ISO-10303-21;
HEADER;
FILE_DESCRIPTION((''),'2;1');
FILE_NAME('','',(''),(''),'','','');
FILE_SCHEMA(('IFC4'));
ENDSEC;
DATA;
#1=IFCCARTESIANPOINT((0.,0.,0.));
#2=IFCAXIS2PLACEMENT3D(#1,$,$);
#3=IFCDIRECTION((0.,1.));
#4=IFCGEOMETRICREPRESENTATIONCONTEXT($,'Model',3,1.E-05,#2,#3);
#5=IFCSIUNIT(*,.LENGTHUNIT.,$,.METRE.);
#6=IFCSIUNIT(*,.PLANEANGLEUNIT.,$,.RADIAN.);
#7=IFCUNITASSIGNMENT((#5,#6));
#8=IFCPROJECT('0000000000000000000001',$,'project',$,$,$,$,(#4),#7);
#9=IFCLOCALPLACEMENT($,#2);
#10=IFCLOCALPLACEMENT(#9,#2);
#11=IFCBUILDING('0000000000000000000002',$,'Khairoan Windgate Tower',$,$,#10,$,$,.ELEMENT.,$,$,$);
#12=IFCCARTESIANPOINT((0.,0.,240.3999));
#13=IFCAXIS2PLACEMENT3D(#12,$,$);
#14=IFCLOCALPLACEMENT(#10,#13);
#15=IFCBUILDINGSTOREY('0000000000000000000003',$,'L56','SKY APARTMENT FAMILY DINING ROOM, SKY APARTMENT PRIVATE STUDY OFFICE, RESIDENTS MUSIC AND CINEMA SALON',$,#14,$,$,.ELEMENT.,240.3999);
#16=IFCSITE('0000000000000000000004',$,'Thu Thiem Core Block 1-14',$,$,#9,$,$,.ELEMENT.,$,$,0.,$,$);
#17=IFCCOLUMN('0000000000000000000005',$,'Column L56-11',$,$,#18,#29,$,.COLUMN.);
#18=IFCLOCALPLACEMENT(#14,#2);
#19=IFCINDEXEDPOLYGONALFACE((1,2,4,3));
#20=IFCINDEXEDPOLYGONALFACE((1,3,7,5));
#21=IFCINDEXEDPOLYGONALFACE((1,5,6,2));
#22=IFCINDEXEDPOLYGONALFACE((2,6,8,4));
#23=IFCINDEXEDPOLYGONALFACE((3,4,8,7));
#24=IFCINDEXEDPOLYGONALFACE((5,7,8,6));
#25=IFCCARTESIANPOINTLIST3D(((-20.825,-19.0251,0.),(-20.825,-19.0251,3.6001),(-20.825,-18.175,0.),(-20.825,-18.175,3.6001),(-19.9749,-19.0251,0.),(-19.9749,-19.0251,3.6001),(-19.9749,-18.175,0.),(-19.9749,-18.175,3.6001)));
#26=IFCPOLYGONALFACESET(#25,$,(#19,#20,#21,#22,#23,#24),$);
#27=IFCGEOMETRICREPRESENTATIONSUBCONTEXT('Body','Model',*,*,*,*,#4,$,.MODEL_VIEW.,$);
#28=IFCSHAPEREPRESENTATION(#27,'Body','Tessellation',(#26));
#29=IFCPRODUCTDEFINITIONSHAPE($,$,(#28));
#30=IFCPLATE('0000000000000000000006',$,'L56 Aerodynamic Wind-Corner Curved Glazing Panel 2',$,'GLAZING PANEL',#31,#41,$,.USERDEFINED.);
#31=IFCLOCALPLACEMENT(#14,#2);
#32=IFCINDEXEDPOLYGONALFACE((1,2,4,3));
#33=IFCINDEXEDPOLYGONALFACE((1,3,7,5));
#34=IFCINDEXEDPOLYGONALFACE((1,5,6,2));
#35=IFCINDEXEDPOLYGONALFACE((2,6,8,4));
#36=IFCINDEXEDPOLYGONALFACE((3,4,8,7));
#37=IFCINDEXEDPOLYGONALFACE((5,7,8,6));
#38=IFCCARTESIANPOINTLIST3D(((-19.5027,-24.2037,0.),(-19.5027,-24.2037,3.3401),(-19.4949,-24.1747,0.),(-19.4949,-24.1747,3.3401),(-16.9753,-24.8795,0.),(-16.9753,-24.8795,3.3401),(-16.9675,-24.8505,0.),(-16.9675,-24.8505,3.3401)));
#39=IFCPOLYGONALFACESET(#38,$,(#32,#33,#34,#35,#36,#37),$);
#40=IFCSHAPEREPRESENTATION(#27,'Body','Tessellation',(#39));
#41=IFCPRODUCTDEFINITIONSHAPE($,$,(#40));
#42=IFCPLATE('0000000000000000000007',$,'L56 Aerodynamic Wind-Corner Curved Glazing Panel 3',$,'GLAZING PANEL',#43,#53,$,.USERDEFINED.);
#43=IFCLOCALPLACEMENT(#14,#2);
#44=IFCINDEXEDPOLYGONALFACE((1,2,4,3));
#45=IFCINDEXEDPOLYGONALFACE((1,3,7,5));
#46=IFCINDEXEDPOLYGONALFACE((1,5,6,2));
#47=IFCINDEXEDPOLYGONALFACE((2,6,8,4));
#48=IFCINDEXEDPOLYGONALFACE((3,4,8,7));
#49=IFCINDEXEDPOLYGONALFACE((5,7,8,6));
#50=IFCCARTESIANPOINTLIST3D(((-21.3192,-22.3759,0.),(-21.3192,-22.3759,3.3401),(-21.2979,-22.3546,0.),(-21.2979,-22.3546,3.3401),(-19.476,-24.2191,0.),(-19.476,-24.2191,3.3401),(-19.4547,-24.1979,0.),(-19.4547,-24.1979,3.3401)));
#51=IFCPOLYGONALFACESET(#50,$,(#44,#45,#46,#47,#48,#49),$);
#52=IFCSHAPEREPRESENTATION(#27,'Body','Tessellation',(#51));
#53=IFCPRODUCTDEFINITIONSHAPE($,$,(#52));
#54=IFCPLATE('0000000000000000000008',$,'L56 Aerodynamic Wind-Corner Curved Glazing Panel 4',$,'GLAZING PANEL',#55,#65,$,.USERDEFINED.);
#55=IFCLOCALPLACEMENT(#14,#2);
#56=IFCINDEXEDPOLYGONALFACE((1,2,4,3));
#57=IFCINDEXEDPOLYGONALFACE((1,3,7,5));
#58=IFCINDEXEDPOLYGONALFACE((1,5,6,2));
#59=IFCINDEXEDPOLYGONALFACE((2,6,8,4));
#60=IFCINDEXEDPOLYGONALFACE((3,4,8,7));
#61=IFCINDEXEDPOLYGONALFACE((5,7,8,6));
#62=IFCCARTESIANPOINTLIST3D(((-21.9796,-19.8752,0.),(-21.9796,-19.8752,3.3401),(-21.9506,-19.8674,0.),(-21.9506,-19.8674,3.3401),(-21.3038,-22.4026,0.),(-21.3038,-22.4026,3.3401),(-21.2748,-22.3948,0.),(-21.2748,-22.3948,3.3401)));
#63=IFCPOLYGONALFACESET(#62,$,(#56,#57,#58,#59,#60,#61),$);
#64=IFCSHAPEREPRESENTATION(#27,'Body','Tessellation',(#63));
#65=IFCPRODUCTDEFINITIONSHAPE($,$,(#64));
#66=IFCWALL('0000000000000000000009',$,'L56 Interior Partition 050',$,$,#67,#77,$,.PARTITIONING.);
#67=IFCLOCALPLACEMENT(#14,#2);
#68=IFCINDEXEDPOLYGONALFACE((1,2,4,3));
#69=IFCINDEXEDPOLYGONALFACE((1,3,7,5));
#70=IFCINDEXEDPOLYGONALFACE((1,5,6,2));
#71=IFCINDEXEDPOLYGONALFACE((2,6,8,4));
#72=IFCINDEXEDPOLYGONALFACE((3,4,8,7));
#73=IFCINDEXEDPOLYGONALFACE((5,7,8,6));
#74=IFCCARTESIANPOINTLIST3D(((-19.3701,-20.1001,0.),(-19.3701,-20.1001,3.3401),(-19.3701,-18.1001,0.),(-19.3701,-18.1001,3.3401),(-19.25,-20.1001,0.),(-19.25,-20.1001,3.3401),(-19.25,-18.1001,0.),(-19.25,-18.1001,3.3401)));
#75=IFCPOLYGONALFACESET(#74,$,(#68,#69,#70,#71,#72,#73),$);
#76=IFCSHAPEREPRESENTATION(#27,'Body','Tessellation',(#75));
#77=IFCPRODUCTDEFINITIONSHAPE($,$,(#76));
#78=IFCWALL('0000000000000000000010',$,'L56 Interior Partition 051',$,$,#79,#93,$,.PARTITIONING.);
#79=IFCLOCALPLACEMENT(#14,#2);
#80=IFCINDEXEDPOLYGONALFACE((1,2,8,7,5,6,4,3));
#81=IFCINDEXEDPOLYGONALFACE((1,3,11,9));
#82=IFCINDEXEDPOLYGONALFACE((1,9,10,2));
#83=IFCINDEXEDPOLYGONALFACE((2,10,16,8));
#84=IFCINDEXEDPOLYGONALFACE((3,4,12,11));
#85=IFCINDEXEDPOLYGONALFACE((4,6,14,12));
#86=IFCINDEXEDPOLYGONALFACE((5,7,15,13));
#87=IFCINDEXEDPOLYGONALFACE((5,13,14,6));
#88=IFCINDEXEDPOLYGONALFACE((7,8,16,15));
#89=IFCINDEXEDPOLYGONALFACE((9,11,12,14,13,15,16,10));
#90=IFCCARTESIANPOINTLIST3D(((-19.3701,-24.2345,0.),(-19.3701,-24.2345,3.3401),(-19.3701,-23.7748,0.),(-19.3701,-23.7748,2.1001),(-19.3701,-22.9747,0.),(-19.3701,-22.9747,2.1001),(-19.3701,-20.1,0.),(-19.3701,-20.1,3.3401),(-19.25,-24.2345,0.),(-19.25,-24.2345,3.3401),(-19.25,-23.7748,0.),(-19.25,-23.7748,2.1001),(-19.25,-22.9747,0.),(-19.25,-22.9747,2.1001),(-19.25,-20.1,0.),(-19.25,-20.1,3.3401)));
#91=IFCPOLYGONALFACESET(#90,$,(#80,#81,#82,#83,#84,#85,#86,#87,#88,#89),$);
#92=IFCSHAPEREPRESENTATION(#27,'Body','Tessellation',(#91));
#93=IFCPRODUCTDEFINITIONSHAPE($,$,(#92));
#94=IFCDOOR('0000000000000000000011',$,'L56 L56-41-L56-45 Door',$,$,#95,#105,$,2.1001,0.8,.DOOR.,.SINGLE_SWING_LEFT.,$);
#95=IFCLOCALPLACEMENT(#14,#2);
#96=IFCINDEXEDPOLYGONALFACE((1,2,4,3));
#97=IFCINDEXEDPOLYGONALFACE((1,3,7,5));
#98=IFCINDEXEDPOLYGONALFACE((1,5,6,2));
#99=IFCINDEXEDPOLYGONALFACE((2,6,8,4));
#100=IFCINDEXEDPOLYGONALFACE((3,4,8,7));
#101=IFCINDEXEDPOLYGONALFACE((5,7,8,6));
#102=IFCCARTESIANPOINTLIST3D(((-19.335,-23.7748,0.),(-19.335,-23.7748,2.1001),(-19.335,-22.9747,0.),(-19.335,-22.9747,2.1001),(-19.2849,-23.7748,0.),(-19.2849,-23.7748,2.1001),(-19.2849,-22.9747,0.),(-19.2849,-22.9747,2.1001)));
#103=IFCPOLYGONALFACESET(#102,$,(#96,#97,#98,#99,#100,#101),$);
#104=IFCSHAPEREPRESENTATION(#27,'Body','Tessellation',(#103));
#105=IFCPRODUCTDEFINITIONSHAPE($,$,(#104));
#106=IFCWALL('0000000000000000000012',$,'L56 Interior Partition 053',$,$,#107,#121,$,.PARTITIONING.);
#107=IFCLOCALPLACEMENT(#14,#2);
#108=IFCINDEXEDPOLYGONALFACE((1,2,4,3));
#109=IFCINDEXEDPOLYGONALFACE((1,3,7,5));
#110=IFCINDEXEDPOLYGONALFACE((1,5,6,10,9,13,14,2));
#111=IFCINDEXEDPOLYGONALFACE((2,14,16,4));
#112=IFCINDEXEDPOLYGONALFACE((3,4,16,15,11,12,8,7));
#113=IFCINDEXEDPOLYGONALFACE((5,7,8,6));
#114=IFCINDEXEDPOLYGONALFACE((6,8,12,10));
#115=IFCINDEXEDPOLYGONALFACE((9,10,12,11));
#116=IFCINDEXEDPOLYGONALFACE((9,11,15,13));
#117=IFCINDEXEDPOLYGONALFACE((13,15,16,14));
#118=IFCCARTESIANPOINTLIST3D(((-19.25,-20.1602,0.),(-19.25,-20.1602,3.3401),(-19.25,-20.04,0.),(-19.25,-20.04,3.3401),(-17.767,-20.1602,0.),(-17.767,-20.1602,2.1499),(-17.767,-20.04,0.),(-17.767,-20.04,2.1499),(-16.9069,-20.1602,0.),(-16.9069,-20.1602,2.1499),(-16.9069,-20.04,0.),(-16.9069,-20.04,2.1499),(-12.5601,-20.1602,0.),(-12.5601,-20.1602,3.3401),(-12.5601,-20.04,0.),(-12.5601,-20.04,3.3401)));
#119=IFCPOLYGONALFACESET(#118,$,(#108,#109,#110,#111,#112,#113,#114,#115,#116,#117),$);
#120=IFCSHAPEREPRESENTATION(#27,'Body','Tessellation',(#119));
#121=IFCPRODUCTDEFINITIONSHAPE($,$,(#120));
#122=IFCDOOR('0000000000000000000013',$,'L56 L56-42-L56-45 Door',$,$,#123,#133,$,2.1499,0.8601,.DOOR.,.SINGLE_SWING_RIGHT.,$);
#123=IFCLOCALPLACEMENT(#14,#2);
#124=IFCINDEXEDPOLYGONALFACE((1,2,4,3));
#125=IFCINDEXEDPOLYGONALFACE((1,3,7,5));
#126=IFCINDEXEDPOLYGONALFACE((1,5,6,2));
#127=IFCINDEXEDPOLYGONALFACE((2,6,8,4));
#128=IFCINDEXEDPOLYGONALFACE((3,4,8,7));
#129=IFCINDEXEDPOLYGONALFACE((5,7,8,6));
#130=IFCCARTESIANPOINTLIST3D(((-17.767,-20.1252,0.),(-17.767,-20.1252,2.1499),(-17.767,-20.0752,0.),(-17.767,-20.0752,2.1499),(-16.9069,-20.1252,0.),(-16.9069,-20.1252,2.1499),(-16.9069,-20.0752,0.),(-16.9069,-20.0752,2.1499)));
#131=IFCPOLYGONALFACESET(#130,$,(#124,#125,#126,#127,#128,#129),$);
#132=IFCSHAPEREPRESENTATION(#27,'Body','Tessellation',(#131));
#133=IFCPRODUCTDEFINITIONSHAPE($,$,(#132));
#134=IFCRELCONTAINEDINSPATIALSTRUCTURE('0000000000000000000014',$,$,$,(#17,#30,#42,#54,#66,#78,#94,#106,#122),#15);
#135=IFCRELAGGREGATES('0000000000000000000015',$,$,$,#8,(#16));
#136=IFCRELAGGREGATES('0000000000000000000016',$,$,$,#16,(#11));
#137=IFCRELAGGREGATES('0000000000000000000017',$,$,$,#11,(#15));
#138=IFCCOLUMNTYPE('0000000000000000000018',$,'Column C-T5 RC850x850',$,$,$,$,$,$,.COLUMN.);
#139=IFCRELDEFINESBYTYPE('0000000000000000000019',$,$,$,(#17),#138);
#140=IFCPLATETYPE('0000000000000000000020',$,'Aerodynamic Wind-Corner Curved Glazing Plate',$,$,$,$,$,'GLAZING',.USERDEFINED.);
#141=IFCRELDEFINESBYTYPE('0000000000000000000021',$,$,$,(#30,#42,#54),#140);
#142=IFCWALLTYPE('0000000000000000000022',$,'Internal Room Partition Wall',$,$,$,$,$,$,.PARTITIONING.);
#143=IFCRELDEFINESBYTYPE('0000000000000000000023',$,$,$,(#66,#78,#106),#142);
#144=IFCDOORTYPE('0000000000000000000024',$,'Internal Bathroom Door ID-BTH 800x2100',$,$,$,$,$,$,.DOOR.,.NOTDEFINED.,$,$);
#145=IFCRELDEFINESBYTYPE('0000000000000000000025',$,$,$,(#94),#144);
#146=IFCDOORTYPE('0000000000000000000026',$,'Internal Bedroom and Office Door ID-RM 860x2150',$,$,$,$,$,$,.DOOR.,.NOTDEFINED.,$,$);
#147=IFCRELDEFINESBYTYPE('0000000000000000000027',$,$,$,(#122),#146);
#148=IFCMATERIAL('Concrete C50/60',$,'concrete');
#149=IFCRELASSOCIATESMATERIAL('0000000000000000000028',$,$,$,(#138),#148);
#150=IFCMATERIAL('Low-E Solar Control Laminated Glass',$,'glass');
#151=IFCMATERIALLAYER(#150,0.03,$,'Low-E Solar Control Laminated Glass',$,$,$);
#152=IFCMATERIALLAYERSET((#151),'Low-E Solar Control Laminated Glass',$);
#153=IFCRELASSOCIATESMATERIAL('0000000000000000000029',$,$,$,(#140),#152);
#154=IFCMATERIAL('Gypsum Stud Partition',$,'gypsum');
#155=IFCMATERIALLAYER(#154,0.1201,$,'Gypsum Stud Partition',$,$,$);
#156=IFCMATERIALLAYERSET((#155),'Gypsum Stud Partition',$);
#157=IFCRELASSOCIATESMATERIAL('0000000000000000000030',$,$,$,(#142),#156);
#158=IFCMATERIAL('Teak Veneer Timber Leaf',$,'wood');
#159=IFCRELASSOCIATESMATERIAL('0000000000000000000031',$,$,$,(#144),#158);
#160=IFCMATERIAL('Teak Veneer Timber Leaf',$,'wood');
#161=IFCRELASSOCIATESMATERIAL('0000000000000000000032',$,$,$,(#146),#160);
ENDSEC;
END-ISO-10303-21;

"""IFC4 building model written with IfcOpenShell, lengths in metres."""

from ifc_helpers import new_model, si_unit, direction, frame, frame_2d, origin, origin_2d, place, context, subcontext, project, spatial, rectangle, extrude, material, layer, layer_set, material_profile, profile_set, type_object, element, fill, save


model = new_model("IFC4")

# Units and contexts
model_context = context("Model", 3, precision=1e-05, world=origin(), true_north=direction((0.0, 1.0)))
body_context = subcontext(model_context, "Body", "Model", "MODEL_VIEW")
ifc_project = project(units=[si_unit("LENGTHUNIT", "METRE"), si_unit("PLANEANGLEUNIT", "RADIAN")], contexts=[model_context])

# Site, building, storey
site_placement = place(None, origin())
site = spatial("IfcSite", under=ifc_project, at=site_placement, Name="Thu Thiem Core Block 1-14", CompositionType="ELEMENT", RefElevation=0.0)
building_placement = place(site_placement, origin())
building = spatial("IfcBuilding", under=site, at=building_placement, Name="Khairoan Windgate Tower", CompositionType="ELEMENT")
storey_placement = place(building_placement, frame((0.0, 0.0, 240.3999)))
storey = spatial("IfcBuildingStorey", under=building, at=storey_placement, Name="L56", Description="SKY APARTMENT FAMILY DINING ROOM, SKY APARTMENT PRIVATE STUDY OFFICE, RESIDENTS MUSIC AND CINEMA SALON", CompositionType="ELEMENT", Elevation=240.3999)

# Column
ifc_material_1 = material(Name="Concrete C50/60", Category="concrete")
ifc_material_profile_1 = material_profile(ifc_material_1, rectangle(XDim=0.8501, YDim=0.8501, at=origin_2d()))
ifc_profile_set_1 = profile_set([ifc_material_profile_1], Name="Concrete C50/60")
column_type = type_object("IfcColumnType", Name="Column C-T5 RC850x850", PredefinedType="COLUMN", material=ifc_profile_set_1)
column_placement = place(storey_placement, frame((-20.3999, -18.6001, 0.0), z_axis=(0.0, 0.0, 1.0), x_axis=(1.0, 0.0, 0.0)))
element("IfcColumn", 1, at=column_placement, inside=storey, type_object=column_type, Name="Column L56-11", PredefinedType="COLUMN", context=body_context, shape_type="SweptSolid", body=[
    extrude(rectangle(XDim=0.8501, YDim=0.8501, at=origin_2d()), origin(), (0.0, 0.0, 1.0), 3.6001),
])

# Plates
ifc_material_2 = material(Name="Low-E Solar Control Laminated Glass", Category="glass")
ifc_layer_1 = layer(ifc_material_2, 0.03, Name="Low-E Solar Control Laminated Glass")
ifc_layer_set_1 = layer_set([ifc_layer_1], Name="Low-E Solar Control Laminated Glass")
plate_type_1 = type_object("IfcPlateType", Name="Aerodynamic Wind-Corner Curved Glazing Plate", ElementType="GLAZING", PredefinedType="USERDEFINED", material=ifc_layer_set_1)
plate_1_placement = place(storey_placement, frame((-18.2351, -24.5271, 0.0), z_axis=(0.0, 0.0, 1.0), x_axis=(-0.966061, 0.258313, 0.0)))
element("IfcPlate", 2, at=plate_1_placement, inside=storey, type_object=plate_type_1, Name="L56 Aerodynamic Wind-Corner Curved Glazing Panel 2", ObjectType="GLAZING PANEL", PredefinedType="USERDEFINED", context=body_context, shape_type="SweptSolid", body=[
    extrude(rectangle(XDim=2.6162, YDim=0.03, at=origin_2d()), origin(), (0.0, 0.0, 1.0), 3.3401),
])
plate_2_placement = place(storey_placement, frame((-20.387, -23.2869, 0.0), z_axis=(0.0, 0.0, 1.0), x_axis=(-0.707107, 0.707107, 0.0)))
element("IfcPlate", 3, at=plate_2_placement, inside=storey, type_object=plate_type_1, Name="L56 Aerodynamic Wind-Corner Curved Glazing Panel 3", ObjectType="GLAZING PANEL", PredefinedType="USERDEFINED", context=body_context, shape_type="SweptSolid", body=[
    extrude(rectangle(XDim=2.6067, YDim=0.03, at=origin_2d()), origin(), (0.0, 0.0, 1.0), 3.3401),
])
plate_3_placement = place(storey_placement, frame((-21.6272, -21.135, 0.0), z_axis=(0.0, 0.0, 1.0), x_axis=(-0.258313, 0.966061, 0.0)))
element("IfcPlate", 4, at=plate_3_placement, inside=storey, type_object=plate_type_1, Name="L56 Aerodynamic Wind-Corner Curved Glazing Panel 4", ObjectType="GLAZING PANEL", PredefinedType="USERDEFINED", context=body_context, shape_type="SweptSolid", body=[
    extrude(rectangle(XDim=2.6162, YDim=0.03, at=origin_2d()), origin(), (0.0, 0.0, 1.0), 3.3401),
])

# Wall
ifc_material_3 = material(Name="Gypsum Stud Partition", Category="gypsum")
ifc_layer_2 = layer(ifc_material_3, 0.1201, Name="Gypsum Stud Partition")
ifc_layer_set_2 = layer_set([ifc_layer_2], Name="Gypsum Stud Partition")
wall_type = type_object("IfcWallType", Name="Internal Room Partition Wall", PredefinedType="PARTITIONING", material=ifc_layer_set_2)
wall_1_placement = place(storey_placement, frame((-19.3101, -20.1001, 0.0), z_axis=(0.0, 0.0, 1.0), x_axis=(0.0, 1.0, 0.0)))
element("IfcWall", 5, at=wall_1_placement, inside=storey, type_object=wall_type, Name="L56 Interior Partition 050", PredefinedType="PARTITIONING", context=body_context, shape_type="SweptSolid", body=[
    extrude(rectangle(XDim=2.0, YDim=0.1201, at=frame_2d((1.0, 0.0))), origin(), (0.0, 0.0, 1.0), 3.3401),
])

# Walls, openings, doors
wall_2_placement = place(storey_placement, frame((-19.3101, -24.2346, 0.0), z_axis=(0.0, 0.0, 1.0), x_axis=(0.0, 1.0, 0.0)))
wall_2 = element("IfcWall", 6, at=wall_2_placement, inside=storey, type_object=wall_type, Name="L56 Interior Partition 051", PredefinedType="PARTITIONING", context=body_context, shape_type="SweptSolid", body=[
    extrude(rectangle(XDim=4.1345, YDim=0.1201, at=frame_2d((2.0674, 0.0))), origin(), (0.0, 0.0, 1.0), 3.3401),
])
opening_1_placement = place(wall_2_placement, frame((0.46, 0.0, 0.0)))
opening_1 = element("IfcOpeningElement", 7, at=opening_1_placement, cuts=wall_2, PredefinedType="OPENING", context=body_context, shape_type="SweptSolid", body=[
    extrude(rectangle(XDim=0.8, YDim=2.1001, at=frame_2d((0.3999, 1.05))), frame((0.0, 0.0701, 0.0), z_axis=(0.0, -1.0, 0.0), x_axis=(1.0, 0.0, 0.0)), (0.0, 0.0, 1.0), 0.1401),
])
ifc_material_4 = material(Name="Teak Veneer Timber Leaf", Category="wood")
door_type_1 = type_object("IfcDoorType", Name="Internal Bathroom Door ID-BTH 800x2100", OperationType="NOTDEFINED", PredefinedType="DOOR", material=ifc_material_4)
door_1_placement = place(opening_1_placement, origin())
door_1 = element("IfcDoor", 8, at=door_1_placement, inside=storey, type_object=door_type_1, Name="L56 L56-41-L56-45 Door", OperationType="SINGLE_SWING_LEFT", OverallHeight=2.1001, OverallWidth=0.8, PredefinedType="DOOR", context=body_context, shape_type="SweptSolid", body=[
    extrude(rectangle(XDim=0.8, YDim=2.1001, at=frame_2d((0.3999, 1.05))), frame((0.0, 0.0249, 0.0), z_axis=(0.0, -1.0, 0.0), x_axis=(1.0, 0.0, 0.0)), (0.0, 0.0, 1.0), 0.05),
])
fill(opening_1, door_1)
wall_3_placement = place(storey_placement, frame((-19.25, -20.1001, 0.0), z_axis=(0.0, 0.0, 1.0), x_axis=(1.0, 0.0, 0.0)))
wall_3 = element("IfcWall", 9, at=wall_3_placement, inside=storey, type_object=wall_type, Name="L56 Interior Partition 053", PredefinedType="PARTITIONING", context=body_context, shape_type="SweptSolid", body=[
    extrude(rectangle(XDim=6.6899, YDim=0.1201, at=frame_2d((3.345, 0.0))), origin(), (0.0, 0.0, 1.0), 3.3401),
])
opening_2_placement = place(wall_3_placement, frame((1.4829, 0.0, 0.0)))
opening_2 = element("IfcOpeningElement", 10, at=opening_2_placement, cuts=wall_3, PredefinedType="OPENING", context=body_context, shape_type="SweptSolid", body=[
    extrude(rectangle(XDim=0.8601, YDim=2.1499, at=frame_2d((0.4302, 1.075))), frame((0.0, 0.0701, 0.0), z_axis=(0.0, -1.0, 0.0), x_axis=(1.0, 0.0, 0.0)), (0.0, 0.0, 1.0), 0.1401),
])
ifc_material_5 = material(Name="Teak Veneer Timber Leaf", Category="wood")
door_type_2 = type_object("IfcDoorType", Name="Internal Bedroom and Office Door ID-RM 860x2150", OperationType="NOTDEFINED", PredefinedType="DOOR", material=ifc_material_5)
door_2_placement = place(opening_2_placement, origin())
door_2 = element("IfcDoor", 11, at=door_2_placement, inside=storey, type_object=door_type_2, Name="L56 L56-42-L56-45 Door", OperationType="SINGLE_SWING_RIGHT", OverallHeight=2.1499, OverallWidth=0.8601, PredefinedType="DOOR", context=body_context, shape_type="SweptSolid", body=[
    extrude(rectangle(XDim=0.8601, YDim=2.1499, at=frame_2d((0.4302, 1.075))), frame((0.0, 0.0249, 0.0), z_axis=(0.0, -1.0, 0.0), x_axis=(1.0, 0.0, 0.0)), (0.0, 0.0, 1.0), 0.05),
])
fill(opening_2, door_2)

save(model, "model.ifc")
